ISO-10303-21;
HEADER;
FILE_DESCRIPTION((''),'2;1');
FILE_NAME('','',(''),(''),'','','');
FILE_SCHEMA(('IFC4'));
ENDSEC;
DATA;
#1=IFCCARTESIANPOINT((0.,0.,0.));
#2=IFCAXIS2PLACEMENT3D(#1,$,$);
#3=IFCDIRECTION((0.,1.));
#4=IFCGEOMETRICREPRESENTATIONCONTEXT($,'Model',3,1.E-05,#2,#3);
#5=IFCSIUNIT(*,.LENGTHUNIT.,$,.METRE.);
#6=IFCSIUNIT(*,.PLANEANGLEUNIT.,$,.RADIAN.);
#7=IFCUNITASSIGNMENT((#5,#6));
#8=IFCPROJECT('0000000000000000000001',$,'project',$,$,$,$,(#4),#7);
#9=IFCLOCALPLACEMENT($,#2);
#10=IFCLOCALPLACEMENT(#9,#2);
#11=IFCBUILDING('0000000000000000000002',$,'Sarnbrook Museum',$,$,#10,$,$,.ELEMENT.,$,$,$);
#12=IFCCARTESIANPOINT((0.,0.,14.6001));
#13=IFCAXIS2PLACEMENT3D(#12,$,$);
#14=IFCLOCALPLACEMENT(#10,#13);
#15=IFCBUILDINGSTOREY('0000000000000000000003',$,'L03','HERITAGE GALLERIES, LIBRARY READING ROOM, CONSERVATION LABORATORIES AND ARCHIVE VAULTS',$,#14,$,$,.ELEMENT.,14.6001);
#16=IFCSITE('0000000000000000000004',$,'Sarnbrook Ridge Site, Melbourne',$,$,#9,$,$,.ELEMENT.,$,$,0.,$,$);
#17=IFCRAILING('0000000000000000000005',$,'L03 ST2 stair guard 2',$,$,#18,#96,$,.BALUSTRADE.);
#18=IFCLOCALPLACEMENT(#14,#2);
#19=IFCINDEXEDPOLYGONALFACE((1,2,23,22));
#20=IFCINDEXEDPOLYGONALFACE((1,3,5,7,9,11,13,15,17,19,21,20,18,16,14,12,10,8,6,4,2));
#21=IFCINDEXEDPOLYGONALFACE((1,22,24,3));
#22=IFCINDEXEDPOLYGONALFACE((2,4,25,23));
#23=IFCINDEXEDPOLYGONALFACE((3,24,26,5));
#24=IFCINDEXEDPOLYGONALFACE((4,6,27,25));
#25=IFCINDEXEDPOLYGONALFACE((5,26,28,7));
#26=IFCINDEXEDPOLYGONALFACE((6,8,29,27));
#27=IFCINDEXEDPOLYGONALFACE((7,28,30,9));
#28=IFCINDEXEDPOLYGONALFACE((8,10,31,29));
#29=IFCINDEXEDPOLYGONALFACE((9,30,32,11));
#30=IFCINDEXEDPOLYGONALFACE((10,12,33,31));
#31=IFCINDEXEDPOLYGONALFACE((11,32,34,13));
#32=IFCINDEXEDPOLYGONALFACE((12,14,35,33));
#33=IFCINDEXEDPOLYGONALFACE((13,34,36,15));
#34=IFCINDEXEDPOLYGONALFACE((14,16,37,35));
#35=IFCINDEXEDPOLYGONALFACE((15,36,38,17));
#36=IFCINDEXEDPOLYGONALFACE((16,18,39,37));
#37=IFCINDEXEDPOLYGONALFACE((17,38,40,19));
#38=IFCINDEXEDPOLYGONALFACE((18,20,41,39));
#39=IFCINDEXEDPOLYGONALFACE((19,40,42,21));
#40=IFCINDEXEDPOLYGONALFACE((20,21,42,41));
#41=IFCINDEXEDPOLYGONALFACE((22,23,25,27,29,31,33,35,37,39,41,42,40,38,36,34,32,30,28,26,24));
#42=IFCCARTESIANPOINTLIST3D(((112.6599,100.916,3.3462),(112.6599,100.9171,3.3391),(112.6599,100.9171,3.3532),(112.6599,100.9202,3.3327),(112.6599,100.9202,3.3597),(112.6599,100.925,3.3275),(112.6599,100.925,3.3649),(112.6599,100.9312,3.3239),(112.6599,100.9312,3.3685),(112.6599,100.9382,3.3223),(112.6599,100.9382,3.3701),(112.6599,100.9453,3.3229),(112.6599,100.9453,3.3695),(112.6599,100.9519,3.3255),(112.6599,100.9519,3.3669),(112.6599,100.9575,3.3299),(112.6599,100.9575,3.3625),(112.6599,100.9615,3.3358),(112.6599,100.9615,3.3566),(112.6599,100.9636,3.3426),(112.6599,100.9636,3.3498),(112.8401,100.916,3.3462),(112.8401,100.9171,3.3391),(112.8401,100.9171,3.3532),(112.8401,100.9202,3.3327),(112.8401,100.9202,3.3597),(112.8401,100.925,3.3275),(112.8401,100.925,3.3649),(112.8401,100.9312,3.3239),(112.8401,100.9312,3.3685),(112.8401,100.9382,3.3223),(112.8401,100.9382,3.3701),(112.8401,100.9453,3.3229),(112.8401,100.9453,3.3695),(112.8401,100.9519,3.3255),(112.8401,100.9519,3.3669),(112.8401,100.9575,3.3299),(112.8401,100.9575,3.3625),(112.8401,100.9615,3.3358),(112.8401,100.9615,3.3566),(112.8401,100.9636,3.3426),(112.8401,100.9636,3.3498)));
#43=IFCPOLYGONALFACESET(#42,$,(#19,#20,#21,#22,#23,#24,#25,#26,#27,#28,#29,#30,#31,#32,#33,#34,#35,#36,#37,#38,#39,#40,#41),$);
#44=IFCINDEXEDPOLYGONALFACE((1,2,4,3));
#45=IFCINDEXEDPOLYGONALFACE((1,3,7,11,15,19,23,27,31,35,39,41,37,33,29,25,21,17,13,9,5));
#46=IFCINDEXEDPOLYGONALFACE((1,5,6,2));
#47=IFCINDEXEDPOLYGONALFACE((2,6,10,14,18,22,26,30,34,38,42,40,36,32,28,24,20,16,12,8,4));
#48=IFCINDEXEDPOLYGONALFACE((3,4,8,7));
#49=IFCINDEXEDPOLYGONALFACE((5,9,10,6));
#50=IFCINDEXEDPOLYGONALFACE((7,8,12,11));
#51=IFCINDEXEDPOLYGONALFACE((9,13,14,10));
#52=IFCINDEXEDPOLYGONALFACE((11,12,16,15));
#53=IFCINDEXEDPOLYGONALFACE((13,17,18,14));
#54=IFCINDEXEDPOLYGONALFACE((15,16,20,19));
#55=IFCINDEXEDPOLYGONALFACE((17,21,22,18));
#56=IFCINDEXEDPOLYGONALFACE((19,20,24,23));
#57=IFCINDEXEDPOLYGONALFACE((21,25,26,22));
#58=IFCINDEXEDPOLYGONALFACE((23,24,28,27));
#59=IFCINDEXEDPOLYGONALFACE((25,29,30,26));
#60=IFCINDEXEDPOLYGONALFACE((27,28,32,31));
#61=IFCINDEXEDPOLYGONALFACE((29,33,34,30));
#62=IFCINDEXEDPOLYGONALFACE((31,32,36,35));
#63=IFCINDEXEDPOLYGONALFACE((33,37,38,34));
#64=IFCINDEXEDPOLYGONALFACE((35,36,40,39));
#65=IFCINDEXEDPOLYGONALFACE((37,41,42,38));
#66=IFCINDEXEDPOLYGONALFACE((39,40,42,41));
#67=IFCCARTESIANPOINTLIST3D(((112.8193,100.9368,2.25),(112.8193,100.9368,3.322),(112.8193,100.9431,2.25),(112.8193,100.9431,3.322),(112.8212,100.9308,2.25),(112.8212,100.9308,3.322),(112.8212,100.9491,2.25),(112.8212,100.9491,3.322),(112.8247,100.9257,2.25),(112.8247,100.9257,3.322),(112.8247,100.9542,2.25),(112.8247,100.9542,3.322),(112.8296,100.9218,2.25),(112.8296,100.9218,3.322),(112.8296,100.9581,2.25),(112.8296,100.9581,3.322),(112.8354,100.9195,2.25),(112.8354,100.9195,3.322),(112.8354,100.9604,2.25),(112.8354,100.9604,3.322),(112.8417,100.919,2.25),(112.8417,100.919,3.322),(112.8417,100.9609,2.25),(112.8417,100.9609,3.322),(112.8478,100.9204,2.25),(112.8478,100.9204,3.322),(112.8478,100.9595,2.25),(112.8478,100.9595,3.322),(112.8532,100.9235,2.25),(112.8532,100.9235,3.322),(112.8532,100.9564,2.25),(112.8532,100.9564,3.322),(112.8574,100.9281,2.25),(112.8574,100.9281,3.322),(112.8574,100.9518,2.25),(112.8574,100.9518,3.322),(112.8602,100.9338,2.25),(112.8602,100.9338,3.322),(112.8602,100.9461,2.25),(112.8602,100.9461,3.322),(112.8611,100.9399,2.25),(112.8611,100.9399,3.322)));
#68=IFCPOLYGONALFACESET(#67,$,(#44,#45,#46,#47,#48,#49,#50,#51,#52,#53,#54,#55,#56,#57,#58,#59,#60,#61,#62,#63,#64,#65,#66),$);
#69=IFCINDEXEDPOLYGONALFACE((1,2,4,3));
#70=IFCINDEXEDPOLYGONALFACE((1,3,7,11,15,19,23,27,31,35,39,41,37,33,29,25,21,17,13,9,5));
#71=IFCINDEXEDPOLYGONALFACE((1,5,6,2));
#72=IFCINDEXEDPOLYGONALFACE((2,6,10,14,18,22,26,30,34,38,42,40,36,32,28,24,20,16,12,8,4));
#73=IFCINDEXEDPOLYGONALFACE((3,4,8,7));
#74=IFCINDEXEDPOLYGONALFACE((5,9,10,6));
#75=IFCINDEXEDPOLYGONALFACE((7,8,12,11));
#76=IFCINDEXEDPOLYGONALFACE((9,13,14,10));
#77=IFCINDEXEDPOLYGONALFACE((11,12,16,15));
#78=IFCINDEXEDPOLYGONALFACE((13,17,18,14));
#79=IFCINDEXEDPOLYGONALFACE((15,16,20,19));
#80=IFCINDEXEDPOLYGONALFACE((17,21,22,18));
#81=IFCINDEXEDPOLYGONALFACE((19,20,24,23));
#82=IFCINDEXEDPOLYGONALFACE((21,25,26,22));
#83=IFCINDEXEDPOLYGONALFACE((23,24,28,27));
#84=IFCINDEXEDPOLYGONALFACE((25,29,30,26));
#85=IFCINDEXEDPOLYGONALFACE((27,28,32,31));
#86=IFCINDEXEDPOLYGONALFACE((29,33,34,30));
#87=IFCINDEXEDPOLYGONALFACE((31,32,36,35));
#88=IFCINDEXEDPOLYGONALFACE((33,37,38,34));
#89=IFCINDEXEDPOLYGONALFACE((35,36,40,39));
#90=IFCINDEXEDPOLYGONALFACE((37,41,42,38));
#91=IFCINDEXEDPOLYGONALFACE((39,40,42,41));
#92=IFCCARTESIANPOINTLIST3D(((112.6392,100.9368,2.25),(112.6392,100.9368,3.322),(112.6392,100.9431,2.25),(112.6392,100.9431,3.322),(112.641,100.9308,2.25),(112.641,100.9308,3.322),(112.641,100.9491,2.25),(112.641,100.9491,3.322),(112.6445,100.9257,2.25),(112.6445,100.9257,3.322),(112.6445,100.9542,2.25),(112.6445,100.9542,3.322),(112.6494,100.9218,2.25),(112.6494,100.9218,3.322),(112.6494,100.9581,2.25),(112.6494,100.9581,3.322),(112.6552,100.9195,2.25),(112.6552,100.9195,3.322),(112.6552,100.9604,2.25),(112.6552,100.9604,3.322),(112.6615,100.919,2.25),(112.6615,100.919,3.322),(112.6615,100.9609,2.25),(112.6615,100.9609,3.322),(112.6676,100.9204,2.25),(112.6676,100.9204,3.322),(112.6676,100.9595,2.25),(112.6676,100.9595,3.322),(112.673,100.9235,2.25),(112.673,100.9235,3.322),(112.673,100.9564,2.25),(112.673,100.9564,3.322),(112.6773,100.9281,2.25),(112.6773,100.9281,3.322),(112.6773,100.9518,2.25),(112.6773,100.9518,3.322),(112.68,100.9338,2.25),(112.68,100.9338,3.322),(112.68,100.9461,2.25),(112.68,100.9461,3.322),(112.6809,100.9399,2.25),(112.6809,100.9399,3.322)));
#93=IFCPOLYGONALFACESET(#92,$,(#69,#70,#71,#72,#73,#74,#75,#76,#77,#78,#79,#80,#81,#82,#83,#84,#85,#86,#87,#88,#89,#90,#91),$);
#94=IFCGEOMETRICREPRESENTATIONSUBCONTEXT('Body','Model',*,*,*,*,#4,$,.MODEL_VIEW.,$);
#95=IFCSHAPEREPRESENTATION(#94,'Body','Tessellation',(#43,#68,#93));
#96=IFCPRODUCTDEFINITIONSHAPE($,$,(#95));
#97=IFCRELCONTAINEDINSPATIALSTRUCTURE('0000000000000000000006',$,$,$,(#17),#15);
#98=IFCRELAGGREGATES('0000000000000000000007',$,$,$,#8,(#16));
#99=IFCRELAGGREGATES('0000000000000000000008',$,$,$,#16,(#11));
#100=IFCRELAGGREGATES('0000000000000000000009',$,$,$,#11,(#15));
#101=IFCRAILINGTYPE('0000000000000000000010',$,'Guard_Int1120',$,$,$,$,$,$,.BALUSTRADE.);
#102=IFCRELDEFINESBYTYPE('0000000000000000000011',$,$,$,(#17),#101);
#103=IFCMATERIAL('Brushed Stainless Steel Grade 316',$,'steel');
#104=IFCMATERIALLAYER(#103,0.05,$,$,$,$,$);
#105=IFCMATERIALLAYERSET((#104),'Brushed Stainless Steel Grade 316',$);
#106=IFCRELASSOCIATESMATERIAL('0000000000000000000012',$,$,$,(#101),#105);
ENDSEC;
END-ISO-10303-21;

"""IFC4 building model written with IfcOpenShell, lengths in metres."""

from ifc_helpers import new_model, si_unit, direction, frame, origin, origin_2d, place, context, subcontext, project, spatial, circle, extrude, material, layer, layer_set, type_object, element, save


model = new_model("IFC4")

# Units and contexts
model_context = context("Model", 3, precision=1e-05, world=origin(), true_north=direction((0.0, 1.0)))
body_context = subcontext(model_context, "Body", "Model", "MODEL_VIEW")
ifc_project = project(units=[si_unit("LENGTHUNIT", "METRE"), si_unit("PLANEANGLEUNIT", "RADIAN")], contexts=[model_context])

# Site, building, storey
site_placement = place(None, origin())
site = spatial("IfcSite", under=ifc_project, at=site_placement, Name="Sarnbrook Ridge Site, Melbourne", CompositionType="ELEMENT", RefElevation=0.0)
building_placement = place(site_placement, origin())
building = spatial("IfcBuilding", under=site, at=building_placement, Name="Sarnbrook Museum", CompositionType="ELEMENT")
storey_placement = place(building_placement, frame((0.0, 0.0, 14.6001)))
storey = spatial("IfcBuildingStorey", under=building, at=storey_placement, Name="L03", Description="HERITAGE GALLERIES, LIBRARY READING ROOM, CONSERVATION LABORATORIES AND ARCHIVE VAULTS", CompositionType="ELEMENT", Elevation=14.6001)

# Shared definitions
ifc_material_1 = material(Name="Brushed Stainless Steel Grade 316", Category="steel")

# Railing
ifc_layer_1 = layer(ifc_material_1, 0.05)
ifc_layer_set_1 = layer_set([ifc_layer_1], Name="Brushed Stainless Steel Grade 316")
railing_type = type_object("IfcRailingType", Name="Guard_Int1120", PredefinedType="BALUSTRADE", material=ifc_layer_set_1)
railing_1_placement = place(storey_placement, frame((112.8401, 100.9399, 2.25)))
element("IfcRailing", 1, at=railing_1_placement, inside=storey, type_object=railing_type, Name="L03 ST2 stair guard 2", PredefinedType="BALUSTRADE", context=body_context, shape_type="SweptSolid", body=[
    extrude(circle(Radius=0.0239, at=origin_2d()), frame((0.0, 0.0, 1.0962), z_axis=(-1.0, 0.0, 0.0), x_axis=(0.0, -1.0, 0.0)), (0.0, 0.0, 1.0), 0.1802),
    extrude(circle(Radius=0.021, at=origin_2d()), origin(), (0.0, 0.0, 1.0), 1.072),
    extrude(circle(Radius=0.021, at=origin_2d()), frame((-0.1802, 0.0, 0.0)), (0.0, 0.0, 1.0), 1.072),
])

save(model, "model.ifc")
